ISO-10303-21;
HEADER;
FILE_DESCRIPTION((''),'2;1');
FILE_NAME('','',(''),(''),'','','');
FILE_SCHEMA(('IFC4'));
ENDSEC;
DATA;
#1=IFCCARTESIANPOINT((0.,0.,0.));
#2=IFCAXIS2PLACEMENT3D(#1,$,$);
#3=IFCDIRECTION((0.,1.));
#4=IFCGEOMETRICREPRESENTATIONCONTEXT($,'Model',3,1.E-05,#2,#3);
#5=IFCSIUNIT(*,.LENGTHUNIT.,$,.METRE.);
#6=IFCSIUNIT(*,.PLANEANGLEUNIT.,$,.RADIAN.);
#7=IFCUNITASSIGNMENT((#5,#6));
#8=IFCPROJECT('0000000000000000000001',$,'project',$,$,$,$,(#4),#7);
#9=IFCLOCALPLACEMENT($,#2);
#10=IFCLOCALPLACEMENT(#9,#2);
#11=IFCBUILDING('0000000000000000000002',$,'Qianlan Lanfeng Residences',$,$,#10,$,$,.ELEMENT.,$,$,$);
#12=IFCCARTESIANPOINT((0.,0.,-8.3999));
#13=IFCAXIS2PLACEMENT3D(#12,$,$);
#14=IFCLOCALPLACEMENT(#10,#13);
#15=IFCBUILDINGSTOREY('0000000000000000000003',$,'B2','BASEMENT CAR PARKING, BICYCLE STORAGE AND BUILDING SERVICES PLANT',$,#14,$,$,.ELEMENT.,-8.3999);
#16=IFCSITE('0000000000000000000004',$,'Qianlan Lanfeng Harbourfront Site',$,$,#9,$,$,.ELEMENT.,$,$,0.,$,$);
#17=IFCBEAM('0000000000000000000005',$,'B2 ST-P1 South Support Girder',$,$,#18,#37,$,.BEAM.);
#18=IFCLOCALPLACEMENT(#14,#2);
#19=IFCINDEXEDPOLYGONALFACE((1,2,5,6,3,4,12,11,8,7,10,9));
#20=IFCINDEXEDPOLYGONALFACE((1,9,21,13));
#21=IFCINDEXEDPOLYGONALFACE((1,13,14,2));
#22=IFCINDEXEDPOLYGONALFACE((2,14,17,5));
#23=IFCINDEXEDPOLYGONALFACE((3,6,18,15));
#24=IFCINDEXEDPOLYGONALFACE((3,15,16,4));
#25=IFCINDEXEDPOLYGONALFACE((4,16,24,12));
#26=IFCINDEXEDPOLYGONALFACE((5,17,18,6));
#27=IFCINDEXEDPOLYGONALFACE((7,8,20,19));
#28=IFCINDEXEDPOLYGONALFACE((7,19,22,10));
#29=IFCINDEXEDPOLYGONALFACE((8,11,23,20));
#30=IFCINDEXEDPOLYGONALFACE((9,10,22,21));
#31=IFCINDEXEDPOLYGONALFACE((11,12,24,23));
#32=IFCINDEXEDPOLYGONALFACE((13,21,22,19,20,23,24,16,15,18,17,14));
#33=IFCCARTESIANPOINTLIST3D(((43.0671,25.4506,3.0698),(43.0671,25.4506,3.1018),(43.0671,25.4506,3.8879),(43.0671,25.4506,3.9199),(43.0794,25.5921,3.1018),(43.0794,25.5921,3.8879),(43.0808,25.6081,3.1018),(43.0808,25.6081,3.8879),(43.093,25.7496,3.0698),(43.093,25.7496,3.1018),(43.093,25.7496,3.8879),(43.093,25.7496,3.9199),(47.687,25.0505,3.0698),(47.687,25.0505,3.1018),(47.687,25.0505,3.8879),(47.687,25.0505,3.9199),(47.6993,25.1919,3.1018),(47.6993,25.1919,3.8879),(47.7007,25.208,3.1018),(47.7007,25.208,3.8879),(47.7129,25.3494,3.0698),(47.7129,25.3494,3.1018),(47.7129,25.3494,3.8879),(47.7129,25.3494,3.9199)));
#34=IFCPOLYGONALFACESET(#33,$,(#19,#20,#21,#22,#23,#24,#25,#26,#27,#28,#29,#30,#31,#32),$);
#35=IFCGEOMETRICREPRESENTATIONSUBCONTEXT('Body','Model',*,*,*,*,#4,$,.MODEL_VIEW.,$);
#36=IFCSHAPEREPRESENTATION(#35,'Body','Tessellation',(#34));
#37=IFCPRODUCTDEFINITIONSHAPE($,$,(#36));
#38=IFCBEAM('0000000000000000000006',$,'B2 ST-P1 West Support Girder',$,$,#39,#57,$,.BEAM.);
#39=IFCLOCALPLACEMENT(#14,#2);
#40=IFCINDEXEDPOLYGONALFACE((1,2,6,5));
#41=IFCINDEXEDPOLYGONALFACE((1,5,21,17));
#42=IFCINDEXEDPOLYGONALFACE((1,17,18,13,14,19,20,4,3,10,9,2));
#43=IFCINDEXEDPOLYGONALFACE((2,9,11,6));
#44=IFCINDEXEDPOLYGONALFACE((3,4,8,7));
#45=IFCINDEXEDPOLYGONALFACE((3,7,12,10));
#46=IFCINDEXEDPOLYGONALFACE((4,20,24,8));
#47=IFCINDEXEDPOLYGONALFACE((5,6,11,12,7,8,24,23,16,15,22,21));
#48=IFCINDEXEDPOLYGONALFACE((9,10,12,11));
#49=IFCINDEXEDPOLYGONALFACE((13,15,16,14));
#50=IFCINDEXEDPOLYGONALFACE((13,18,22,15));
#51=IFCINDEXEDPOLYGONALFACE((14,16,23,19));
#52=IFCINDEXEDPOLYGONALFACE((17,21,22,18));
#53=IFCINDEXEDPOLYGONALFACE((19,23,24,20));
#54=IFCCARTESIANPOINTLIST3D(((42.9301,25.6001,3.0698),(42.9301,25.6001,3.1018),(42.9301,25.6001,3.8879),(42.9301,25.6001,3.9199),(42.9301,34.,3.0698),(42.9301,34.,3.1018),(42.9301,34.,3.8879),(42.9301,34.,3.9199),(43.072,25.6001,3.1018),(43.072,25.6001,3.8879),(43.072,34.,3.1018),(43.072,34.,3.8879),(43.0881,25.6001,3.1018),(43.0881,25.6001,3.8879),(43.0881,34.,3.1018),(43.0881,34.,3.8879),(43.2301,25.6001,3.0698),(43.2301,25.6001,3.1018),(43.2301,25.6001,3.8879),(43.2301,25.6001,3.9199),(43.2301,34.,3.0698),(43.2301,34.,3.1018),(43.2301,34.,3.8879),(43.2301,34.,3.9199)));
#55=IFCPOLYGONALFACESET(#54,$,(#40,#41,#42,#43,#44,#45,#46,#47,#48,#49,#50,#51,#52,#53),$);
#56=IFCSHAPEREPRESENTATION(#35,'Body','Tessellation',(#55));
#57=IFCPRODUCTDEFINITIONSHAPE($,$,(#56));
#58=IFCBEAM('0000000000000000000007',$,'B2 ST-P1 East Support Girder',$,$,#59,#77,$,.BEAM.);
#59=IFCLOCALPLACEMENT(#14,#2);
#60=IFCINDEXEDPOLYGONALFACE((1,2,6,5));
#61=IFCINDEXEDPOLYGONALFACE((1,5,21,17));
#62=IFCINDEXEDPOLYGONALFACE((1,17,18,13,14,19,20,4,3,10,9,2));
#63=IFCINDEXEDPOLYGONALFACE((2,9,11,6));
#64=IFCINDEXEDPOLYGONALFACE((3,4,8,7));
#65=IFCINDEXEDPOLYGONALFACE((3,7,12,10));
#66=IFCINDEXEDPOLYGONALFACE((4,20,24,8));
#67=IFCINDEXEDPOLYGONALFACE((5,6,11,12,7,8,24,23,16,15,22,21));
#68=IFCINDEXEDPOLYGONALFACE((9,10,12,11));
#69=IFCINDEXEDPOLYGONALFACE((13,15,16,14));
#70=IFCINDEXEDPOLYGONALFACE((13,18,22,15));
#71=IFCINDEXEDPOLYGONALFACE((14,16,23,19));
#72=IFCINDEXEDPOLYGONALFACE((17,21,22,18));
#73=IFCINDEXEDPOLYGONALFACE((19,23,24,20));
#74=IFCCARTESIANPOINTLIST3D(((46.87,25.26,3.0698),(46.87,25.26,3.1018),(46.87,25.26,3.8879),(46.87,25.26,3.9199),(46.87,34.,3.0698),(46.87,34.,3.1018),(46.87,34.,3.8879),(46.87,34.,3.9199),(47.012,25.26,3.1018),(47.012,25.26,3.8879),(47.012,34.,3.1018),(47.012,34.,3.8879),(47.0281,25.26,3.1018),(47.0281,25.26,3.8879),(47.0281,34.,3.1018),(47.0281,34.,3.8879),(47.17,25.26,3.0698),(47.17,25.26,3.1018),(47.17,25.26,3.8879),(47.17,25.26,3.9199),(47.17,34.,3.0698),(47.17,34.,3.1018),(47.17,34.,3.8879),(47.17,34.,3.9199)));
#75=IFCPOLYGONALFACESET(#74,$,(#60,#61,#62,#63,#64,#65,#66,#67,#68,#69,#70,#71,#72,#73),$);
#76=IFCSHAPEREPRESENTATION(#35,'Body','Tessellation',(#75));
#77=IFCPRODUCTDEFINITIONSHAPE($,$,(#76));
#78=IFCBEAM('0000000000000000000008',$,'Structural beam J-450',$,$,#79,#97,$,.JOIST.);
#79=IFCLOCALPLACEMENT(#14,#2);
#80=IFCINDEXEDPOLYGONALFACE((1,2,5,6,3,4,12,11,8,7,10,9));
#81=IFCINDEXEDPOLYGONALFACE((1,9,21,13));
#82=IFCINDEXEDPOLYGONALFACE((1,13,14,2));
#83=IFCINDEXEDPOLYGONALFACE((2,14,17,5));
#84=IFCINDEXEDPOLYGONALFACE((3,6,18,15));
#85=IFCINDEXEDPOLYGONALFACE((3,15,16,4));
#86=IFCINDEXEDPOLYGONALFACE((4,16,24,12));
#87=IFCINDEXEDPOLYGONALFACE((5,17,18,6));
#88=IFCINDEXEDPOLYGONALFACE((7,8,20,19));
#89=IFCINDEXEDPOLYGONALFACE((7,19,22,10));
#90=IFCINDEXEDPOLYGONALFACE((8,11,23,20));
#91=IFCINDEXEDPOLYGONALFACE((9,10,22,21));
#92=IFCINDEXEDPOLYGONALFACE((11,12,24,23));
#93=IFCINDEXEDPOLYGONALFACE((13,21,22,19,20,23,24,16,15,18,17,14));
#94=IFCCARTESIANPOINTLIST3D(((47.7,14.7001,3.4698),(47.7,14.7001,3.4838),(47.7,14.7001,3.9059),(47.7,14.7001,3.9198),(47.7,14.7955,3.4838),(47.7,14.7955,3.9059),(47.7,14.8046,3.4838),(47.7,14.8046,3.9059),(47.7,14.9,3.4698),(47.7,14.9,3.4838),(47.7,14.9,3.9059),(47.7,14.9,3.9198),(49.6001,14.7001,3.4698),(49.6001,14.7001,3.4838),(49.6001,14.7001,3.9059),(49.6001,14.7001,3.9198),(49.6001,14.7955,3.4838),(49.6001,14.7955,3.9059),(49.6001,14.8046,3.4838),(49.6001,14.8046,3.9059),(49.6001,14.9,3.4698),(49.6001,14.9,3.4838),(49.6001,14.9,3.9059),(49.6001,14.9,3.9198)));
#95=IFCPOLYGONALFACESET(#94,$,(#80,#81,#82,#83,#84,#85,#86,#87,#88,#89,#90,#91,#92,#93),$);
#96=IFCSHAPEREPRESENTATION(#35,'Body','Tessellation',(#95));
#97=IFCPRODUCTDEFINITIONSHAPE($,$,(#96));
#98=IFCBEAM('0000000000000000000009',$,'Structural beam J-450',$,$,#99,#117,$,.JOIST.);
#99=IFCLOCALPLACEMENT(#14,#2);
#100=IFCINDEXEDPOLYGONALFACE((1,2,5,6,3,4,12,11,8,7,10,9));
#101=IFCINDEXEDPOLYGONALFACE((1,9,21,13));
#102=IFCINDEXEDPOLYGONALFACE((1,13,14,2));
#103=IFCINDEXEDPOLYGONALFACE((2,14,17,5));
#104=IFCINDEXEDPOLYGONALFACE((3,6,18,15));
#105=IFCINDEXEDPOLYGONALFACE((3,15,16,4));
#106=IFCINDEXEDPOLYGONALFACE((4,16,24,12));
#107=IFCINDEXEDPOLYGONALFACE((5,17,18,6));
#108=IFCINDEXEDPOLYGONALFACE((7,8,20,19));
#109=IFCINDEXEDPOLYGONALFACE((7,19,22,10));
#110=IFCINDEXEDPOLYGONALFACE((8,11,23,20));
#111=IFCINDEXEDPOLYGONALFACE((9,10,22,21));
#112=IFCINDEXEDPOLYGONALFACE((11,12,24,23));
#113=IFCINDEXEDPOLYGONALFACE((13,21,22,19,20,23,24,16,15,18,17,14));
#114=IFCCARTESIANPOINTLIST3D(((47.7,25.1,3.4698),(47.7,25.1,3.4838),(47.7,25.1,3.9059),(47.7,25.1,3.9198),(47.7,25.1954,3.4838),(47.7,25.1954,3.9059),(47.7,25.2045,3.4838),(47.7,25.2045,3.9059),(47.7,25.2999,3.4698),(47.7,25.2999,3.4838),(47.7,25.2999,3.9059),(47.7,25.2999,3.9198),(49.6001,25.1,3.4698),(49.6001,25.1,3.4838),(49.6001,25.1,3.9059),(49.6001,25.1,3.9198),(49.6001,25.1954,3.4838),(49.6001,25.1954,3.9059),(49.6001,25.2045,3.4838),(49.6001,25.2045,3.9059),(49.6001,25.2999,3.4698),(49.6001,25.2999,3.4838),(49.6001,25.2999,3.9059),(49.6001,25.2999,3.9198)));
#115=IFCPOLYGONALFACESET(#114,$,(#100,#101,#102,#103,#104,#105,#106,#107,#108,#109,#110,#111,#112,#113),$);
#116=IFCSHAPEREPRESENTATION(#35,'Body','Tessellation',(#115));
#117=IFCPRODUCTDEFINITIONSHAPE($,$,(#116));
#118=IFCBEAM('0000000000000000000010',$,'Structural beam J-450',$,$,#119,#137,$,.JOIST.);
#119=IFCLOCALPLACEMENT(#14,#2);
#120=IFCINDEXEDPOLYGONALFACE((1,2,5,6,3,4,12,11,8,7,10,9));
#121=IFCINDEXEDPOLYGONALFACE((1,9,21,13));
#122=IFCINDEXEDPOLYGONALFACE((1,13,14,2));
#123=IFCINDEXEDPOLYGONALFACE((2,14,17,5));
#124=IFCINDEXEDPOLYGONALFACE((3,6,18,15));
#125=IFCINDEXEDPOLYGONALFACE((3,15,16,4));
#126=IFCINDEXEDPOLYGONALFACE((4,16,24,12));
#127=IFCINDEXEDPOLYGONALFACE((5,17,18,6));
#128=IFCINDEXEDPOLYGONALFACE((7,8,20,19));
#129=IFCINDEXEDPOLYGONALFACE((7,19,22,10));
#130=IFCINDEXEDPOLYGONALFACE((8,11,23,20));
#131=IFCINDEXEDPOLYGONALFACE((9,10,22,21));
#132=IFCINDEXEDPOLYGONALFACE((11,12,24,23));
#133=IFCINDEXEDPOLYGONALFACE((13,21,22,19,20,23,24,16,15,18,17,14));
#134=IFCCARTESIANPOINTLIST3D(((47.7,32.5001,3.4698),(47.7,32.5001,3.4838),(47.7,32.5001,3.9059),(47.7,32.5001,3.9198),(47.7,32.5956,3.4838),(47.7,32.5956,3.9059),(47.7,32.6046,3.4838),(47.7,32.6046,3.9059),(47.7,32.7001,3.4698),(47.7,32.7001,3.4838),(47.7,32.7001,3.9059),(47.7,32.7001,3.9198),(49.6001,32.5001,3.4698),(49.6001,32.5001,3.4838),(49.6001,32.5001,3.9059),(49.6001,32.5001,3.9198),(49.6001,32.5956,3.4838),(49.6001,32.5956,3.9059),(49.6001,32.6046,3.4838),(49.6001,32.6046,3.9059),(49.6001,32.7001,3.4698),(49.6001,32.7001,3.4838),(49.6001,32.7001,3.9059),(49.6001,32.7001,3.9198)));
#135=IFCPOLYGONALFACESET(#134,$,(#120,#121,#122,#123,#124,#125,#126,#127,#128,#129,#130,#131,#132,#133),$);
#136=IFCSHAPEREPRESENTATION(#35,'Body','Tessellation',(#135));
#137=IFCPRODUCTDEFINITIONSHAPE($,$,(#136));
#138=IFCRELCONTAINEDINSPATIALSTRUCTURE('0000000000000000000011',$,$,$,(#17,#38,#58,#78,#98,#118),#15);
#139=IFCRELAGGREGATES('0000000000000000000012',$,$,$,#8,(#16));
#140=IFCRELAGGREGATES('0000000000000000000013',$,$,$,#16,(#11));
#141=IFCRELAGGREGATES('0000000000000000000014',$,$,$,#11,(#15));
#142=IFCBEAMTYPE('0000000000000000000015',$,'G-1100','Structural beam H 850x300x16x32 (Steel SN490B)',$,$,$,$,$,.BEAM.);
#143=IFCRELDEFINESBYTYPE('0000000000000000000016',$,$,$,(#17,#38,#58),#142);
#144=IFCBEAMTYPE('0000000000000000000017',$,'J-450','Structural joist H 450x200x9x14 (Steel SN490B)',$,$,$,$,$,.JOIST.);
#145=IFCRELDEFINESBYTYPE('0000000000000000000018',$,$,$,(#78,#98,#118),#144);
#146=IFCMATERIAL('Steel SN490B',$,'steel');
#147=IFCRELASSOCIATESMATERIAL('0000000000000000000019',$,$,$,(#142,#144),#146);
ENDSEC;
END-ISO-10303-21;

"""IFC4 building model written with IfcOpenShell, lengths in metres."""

from ifc_helpers import new_model, si_unit, direction, frame, origin, origin_2d, place, context, subcontext, project, spatial, i_section, extrude, material, material_profile, profile_set, type_object, element, save


model = new_model("IFC4")

# Units and contexts
model_context = context("Model", 3, precision=1e-05, world=origin(), true_north=direction((0.0, 1.0)))
body_context = subcontext(model_context, "Body", "Model", "MODEL_VIEW")
ifc_project = project(units=[si_unit("LENGTHUNIT", "METRE"), si_unit("PLANEANGLEUNIT", "RADIAN")], contexts=[model_context])

# Site, building, storey
site_placement = place(None, origin())
site = spatial("IfcSite", under=ifc_project, at=site_placement, Name="Qianlan Lanfeng Harbourfront Site", CompositionType="ELEMENT", RefElevation=0.0)
building_placement = place(site_placement, origin())
building = spatial("IfcBuilding", under=site, at=building_placement, Name="Qianlan Lanfeng Residences", CompositionType="ELEMENT")
storey_placement = place(building_placement, frame((0.0, 0.0, -8.3999)))
storey = spatial("IfcBuildingStorey", under=building, at=storey_placement, Name="B2", Description="BASEMENT CAR PARKING, BICYCLE STORAGE AND BUILDING SERVICES PLANT", CompositionType="ELEMENT", Elevation=-8.3999)

# Beams
ifc_material_1 = material(Name="Steel SN490B", Category="steel")
ifc_material_profile_1 = material_profile(ifc_material_1, i_section(OverallWidth=0.3, OverallDepth=0.8501, WebThickness=0.0161, FlangeThickness=0.032, at=origin_2d()), Name="H 850x300x16x32")
ifc_profile_set_1 = profile_set([ifc_material_profile_1], Name="Steel SN490B")
beam_type_1 = type_object("IfcBeamType", Name="G-1100", Description="Structural beam H 850x300x16x32 (Steel SN490B)", PredefinedType="BEAM", material=ifc_profile_set_1)
beam_1_placement = place(storey_placement, frame((43.0801, 25.6001, 3.4949), z_axis=(0.99627, -0.086291, 0.0), x_axis=(0.086291, 0.99627, 0.0)))
element("IfcBeam", 1, at=beam_1_placement, inside=storey, type_object=beam_type_1, Name="B2 ST-P1 South Support Girder", PredefinedType="BEAM", context=body_context, shape_type="SweptSolid", body=[
    extrude(i_section(OverallWidth=0.3, OverallDepth=0.8501, WebThickness=0.0161, FlangeThickness=0.032, at=origin_2d()), origin(), (0.0, 0.0, 1.0), 4.6372),
])
beam_2_placement = place(storey_placement, frame((43.0801, 25.6001, 3.4949), z_axis=(0.0, 1.0, 0.0), x_axis=(-1.0, 0.0, 0.0)))
element("IfcBeam", 2, at=beam_2_placement, inside=storey, type_object=beam_type_1, Name="B2 ST-P1 West Support Girder", PredefinedType="BEAM", context=body_context, shape_type="SweptSolid", body=[
    extrude(i_section(OverallWidth=0.3, OverallDepth=0.8501, WebThickness=0.0161, FlangeThickness=0.032, at=origin_2d()), origin(), (0.0, 0.0, 1.0), 8.3999),
])
beam_3_placement = place(storey_placement, frame((47.02, 25.26, 3.4949), z_axis=(0.0, 1.0, 0.0), x_axis=(-1.0, 0.0, 0.0)))
element("IfcBeam", 3, at=beam_3_placement, inside=storey, type_object=beam_type_1, Name="B2 ST-P1 East Support Girder", PredefinedType="BEAM", context=body_context, shape_type="SweptSolid", body=[
    extrude(i_section(OverallWidth=0.3, OverallDepth=0.8501, WebThickness=0.0161, FlangeThickness=0.032, at=origin_2d()), origin(), (0.0, 0.0, 1.0), 8.74),
])
ifc_material_profile_2 = material_profile(ifc_material_1, i_section(OverallWidth=0.2, OverallDepth=0.45, WebThickness=0.009, FlangeThickness=0.0139, at=origin_2d()), Name="H 450x200x9x14")
ifc_profile_set_2 = profile_set([ifc_material_profile_2], Name="Steel SN490B")
beam_type_2 = type_object("IfcBeamType", Name="J-450", Description="Structural joist H 450x200x9x14 (Steel SN490B)", PredefinedType="JOIST", material=ifc_profile_set_2)
for number, where, z_axis, x_axis, name in (
    (4, (47.7, 14.8, 3.6948), (1.0, 0.0, 0.0), (0.0, 1.0, 0.0), "Structural beam J-450"),
    (5, (47.7, 25.2, 3.6948), (1.0, 0.0, 0.0), (0.0, 1.0, 0.0), "Structural beam J-450"),
    (6, (47.7, 32.6001, 3.6948), (1.0, 0.0, 0.0), (0.0, 1.0, 0.0), "Structural beam J-450"),
):
    element("IfcBeam", number, at=place(storey_placement, frame(where, z_axis=z_axis, x_axis=x_axis)), inside=storey, type_object=beam_type_2, Name=name, PredefinedType="JOIST", context=body_context, shape_type="SweptSolid", body=[
        extrude(i_section(OverallWidth=0.2, OverallDepth=0.45, WebThickness=0.009, FlangeThickness=0.0139, at=origin_2d()), origin(), (0.0, 0.0, 1.0), 1.9001),
    ])

save(model, "model.ifc")
